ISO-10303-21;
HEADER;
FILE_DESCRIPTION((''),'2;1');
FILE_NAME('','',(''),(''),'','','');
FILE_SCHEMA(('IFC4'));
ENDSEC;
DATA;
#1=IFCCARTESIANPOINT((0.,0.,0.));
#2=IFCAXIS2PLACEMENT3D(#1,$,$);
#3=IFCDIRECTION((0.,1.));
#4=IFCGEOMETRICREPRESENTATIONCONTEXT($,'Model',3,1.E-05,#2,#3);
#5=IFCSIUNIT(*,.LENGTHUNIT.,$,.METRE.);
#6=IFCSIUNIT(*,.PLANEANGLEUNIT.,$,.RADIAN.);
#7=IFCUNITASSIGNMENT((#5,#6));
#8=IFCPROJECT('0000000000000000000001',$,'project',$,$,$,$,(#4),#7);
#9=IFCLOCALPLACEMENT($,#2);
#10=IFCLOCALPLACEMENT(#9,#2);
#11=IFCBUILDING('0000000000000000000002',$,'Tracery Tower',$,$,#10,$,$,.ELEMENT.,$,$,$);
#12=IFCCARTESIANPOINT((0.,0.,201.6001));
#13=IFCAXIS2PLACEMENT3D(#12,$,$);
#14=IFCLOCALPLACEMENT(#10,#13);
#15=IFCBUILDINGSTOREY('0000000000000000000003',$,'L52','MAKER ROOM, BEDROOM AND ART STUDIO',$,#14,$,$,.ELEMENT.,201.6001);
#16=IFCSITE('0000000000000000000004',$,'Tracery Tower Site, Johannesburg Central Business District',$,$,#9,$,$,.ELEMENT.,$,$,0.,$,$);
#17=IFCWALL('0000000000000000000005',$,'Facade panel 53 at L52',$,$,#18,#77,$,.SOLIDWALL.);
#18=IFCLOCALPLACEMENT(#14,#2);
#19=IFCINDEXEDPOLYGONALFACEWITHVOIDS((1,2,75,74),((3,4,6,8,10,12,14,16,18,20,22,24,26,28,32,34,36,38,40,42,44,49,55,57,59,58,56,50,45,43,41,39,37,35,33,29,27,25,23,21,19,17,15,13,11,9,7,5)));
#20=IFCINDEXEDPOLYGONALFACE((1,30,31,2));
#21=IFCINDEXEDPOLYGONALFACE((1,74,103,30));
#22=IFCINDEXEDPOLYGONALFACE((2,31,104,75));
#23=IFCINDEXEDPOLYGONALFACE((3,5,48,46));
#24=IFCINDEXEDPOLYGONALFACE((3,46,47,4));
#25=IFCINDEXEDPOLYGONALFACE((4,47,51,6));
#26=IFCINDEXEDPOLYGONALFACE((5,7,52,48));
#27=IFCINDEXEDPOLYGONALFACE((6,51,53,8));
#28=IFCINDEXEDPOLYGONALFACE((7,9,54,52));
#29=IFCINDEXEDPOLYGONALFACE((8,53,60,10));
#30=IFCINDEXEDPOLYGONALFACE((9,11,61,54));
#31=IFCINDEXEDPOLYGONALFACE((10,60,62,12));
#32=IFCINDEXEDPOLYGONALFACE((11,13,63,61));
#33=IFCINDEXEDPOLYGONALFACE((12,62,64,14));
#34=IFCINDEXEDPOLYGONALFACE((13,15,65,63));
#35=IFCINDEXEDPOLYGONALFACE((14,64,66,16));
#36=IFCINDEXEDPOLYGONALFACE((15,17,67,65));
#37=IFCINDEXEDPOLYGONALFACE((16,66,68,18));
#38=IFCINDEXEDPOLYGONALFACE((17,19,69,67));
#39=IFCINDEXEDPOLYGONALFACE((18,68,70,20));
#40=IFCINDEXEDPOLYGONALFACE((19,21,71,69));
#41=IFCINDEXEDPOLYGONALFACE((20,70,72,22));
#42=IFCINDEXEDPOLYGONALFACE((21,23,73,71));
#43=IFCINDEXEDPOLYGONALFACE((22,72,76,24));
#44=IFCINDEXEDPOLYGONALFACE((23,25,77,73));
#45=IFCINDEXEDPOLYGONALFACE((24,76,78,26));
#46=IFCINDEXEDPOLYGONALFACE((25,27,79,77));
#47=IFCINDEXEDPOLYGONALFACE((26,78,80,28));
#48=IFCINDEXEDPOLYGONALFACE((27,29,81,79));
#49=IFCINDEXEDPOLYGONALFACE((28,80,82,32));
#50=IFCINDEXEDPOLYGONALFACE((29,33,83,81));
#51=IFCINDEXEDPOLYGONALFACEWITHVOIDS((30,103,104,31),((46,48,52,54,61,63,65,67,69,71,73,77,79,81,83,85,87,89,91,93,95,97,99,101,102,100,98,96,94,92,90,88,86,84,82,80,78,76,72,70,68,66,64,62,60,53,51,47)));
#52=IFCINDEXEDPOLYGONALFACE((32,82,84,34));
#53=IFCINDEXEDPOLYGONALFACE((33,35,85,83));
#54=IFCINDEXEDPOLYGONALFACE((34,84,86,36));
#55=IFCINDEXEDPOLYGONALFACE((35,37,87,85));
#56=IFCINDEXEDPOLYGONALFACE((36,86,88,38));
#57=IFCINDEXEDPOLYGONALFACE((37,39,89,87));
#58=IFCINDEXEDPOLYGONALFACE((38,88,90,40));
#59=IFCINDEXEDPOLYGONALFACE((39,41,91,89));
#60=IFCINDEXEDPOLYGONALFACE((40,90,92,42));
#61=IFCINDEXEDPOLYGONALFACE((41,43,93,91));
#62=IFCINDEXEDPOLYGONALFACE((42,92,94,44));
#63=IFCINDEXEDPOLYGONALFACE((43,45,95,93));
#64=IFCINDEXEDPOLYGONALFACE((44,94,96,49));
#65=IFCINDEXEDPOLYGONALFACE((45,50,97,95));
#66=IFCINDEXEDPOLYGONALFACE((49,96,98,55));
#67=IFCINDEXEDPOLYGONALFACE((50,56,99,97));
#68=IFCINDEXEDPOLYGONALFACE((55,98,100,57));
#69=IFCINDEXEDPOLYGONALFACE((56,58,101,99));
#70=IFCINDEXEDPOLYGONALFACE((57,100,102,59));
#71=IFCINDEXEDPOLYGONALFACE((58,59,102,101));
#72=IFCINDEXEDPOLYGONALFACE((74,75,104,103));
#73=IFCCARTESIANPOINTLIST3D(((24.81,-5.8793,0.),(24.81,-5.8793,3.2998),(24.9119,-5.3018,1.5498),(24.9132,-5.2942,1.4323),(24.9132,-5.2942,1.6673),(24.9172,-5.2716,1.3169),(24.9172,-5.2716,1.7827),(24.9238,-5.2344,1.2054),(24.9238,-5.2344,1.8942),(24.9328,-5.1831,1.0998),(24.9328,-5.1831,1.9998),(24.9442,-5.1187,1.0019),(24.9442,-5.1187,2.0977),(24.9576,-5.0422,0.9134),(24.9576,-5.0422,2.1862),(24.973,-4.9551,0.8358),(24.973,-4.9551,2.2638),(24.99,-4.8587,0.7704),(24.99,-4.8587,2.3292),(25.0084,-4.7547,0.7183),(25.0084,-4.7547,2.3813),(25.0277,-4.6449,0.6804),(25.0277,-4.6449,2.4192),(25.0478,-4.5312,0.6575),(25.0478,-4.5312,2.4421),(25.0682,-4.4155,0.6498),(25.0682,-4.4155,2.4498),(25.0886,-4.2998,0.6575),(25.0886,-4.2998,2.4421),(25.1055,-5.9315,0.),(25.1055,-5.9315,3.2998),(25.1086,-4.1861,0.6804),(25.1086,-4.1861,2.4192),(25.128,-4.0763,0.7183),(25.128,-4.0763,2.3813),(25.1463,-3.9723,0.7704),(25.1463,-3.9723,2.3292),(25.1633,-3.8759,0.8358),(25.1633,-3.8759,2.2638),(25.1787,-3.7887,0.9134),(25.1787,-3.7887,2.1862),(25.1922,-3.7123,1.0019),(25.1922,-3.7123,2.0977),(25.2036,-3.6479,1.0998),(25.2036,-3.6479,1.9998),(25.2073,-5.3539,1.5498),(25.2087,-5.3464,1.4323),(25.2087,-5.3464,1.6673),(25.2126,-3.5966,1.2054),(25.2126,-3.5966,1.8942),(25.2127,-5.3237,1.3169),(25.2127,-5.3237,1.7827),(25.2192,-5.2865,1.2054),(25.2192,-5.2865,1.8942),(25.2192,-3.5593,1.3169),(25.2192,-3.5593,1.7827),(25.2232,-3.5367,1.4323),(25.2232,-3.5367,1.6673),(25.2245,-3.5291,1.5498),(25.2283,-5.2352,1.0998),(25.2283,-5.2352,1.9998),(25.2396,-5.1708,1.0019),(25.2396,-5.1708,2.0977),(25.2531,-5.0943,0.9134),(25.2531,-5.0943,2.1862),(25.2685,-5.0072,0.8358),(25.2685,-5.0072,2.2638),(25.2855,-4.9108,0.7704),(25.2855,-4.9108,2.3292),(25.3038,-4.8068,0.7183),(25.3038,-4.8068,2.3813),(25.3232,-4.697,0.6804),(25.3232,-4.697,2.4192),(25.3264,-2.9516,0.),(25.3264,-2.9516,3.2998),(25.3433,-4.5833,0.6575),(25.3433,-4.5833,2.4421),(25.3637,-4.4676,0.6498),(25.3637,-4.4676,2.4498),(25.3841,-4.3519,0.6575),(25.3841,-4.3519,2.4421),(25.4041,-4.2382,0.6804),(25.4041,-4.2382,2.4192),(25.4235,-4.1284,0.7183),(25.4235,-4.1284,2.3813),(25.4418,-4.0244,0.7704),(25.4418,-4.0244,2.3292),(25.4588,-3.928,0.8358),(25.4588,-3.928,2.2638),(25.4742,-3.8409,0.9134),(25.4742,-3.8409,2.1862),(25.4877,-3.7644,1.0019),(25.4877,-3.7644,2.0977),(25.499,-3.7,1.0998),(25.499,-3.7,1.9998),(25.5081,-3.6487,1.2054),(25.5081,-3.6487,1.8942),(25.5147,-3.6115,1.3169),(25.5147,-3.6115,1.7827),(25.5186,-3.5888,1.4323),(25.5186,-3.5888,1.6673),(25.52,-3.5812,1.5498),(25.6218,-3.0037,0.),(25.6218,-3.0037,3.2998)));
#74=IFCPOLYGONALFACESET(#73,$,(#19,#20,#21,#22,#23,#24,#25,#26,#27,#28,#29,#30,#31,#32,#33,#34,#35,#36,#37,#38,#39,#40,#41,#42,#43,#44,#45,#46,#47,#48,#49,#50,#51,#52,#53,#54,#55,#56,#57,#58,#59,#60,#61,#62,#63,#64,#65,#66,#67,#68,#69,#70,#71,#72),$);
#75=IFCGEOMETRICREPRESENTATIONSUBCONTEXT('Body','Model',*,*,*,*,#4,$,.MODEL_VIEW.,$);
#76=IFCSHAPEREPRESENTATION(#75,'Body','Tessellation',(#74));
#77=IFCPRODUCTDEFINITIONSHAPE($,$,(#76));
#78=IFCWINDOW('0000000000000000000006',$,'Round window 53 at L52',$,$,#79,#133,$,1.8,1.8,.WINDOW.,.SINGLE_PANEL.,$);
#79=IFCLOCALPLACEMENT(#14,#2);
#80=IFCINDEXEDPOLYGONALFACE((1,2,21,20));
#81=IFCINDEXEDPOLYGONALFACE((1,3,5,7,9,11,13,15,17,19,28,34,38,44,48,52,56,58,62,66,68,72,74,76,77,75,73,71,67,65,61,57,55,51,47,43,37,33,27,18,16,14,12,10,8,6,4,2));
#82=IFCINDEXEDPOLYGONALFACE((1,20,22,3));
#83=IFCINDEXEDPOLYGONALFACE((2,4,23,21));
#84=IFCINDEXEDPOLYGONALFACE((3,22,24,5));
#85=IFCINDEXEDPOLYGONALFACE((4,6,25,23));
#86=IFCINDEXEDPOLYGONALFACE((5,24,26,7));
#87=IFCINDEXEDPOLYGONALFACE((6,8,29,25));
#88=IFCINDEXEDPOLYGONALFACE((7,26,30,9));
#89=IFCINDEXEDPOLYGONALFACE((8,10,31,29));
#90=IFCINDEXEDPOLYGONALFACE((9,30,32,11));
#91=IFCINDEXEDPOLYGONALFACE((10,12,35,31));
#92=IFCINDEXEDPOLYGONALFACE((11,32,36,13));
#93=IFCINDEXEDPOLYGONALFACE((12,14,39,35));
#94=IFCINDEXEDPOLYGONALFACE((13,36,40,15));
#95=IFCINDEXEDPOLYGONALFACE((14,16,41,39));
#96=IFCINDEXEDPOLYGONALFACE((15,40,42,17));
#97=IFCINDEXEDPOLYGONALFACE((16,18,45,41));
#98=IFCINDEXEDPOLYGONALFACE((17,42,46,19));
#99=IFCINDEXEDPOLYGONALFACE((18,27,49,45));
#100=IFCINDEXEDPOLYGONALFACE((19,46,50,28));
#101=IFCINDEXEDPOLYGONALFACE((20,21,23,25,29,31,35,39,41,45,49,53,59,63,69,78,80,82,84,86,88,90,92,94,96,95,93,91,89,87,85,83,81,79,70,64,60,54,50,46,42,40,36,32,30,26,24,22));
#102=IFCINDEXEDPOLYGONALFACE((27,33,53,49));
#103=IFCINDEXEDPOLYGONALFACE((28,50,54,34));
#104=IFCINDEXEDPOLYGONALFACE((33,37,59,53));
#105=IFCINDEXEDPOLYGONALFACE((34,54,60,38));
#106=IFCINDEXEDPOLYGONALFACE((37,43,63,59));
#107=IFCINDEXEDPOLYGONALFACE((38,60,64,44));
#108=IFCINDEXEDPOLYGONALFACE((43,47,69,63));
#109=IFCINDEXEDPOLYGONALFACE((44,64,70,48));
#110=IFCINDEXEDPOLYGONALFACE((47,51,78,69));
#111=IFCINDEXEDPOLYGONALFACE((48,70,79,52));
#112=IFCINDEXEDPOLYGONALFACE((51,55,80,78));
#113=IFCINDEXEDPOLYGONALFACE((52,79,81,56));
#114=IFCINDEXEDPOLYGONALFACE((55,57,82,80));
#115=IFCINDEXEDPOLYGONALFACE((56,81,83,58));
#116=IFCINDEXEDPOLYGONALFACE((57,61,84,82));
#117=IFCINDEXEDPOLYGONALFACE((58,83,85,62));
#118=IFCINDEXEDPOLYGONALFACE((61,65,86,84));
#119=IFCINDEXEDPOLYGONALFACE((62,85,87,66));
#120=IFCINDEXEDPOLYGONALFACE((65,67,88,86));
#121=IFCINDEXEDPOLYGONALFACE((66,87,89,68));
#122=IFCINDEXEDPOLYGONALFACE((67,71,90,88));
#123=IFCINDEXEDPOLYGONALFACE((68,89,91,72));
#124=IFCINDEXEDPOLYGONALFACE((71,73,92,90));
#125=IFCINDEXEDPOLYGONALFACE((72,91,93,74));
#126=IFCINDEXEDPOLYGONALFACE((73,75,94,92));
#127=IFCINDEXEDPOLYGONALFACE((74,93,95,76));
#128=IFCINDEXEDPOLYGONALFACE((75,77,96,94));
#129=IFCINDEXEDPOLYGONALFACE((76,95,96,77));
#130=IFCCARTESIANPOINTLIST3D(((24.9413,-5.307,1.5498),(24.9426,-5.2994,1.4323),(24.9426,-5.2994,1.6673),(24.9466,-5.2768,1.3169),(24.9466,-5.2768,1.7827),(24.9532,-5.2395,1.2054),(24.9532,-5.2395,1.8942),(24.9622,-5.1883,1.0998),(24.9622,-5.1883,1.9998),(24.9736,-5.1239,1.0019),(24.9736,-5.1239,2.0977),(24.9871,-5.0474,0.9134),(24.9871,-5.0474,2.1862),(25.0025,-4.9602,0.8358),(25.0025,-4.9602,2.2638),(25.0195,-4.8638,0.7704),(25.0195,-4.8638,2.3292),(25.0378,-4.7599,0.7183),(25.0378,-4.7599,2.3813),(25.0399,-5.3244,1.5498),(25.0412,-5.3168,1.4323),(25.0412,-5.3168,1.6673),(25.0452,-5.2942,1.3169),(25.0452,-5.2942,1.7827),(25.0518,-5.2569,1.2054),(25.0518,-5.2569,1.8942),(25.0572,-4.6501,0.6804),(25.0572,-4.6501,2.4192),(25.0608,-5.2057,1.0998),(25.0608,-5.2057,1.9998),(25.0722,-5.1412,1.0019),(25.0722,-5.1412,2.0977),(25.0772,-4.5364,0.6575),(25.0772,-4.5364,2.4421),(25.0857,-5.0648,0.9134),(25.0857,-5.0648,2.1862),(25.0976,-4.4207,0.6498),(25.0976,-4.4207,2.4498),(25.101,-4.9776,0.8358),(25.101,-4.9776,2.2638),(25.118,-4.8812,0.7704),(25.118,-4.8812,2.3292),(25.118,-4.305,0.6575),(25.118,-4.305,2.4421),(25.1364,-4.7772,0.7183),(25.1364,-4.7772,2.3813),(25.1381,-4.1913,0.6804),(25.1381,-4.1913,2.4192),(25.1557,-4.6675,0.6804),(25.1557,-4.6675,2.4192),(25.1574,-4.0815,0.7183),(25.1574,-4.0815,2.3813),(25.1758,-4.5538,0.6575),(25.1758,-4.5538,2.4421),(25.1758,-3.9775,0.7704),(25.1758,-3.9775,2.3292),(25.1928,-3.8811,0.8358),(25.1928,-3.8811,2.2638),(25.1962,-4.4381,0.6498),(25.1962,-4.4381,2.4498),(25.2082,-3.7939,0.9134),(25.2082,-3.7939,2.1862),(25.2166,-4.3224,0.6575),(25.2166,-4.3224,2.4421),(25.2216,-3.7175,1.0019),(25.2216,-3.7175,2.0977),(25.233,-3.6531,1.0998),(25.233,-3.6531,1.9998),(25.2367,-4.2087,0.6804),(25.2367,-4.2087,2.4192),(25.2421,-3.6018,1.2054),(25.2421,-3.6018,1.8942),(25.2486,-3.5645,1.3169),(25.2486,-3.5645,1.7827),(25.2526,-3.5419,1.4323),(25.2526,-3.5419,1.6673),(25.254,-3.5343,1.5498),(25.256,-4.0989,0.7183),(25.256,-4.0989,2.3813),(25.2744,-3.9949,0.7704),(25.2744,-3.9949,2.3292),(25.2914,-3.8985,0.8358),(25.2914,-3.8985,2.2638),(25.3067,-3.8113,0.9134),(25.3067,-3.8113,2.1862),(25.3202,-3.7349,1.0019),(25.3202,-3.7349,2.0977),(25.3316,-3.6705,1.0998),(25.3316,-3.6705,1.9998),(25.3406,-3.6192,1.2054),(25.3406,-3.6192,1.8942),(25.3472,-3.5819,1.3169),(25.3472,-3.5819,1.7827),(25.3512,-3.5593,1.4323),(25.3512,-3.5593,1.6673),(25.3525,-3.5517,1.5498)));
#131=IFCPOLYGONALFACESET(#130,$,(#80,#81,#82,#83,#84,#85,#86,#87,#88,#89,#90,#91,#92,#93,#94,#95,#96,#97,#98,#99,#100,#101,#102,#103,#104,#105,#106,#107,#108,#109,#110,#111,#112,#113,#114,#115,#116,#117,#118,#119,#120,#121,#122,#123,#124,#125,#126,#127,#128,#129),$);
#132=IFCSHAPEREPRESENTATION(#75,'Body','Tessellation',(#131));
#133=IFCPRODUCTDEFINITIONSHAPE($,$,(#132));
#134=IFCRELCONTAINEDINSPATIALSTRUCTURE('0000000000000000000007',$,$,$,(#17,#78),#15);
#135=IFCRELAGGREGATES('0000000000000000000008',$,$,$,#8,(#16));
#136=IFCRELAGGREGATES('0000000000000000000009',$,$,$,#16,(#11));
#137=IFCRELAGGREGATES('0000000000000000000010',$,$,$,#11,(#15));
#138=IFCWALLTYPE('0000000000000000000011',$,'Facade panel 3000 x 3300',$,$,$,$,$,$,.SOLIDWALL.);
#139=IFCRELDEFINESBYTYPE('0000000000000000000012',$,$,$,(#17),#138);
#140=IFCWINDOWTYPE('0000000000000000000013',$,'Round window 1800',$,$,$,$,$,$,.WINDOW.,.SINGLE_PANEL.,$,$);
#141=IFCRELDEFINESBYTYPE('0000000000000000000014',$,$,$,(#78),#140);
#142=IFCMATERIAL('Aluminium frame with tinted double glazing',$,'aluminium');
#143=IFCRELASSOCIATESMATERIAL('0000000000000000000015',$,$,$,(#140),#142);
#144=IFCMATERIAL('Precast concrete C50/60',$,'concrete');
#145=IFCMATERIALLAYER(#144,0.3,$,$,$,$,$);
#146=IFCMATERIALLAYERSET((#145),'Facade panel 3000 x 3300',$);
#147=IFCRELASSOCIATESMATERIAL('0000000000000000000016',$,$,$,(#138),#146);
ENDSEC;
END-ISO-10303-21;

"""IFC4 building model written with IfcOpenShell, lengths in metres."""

from ifc_helpers import new_model, si_unit, direction, frame, frame_2d, origin, origin_2d, place, context, subcontext, project, spatial, rectangle, circle, extrude, material, layer, layer_set, type_object, element, fill, save


model = new_model("IFC4")

# Units and contexts
model_context = context("Model", 3, precision=1e-05, world=origin(), true_north=direction((0.0, 1.0)))
body_context = subcontext(model_context, "Body", "Model", "MODEL_VIEW")
ifc_project = project(units=[si_unit("LENGTHUNIT", "METRE"), si_unit("PLANEANGLEUNIT", "RADIAN")], contexts=[model_context])

# Site, building, storey
site_placement = place(None, origin())
site = spatial("IfcSite", under=ifc_project, at=site_placement, Name="Tracery Tower Site, Johannesburg Central Business District", CompositionType="ELEMENT", RefElevation=0.0)
building_placement = place(site_placement, origin())
building = spatial("IfcBuilding", under=site, at=building_placement, Name="Tracery Tower", CompositionType="ELEMENT")
storey_placement = place(building_placement, frame((0.0, 0.0, 201.6001)))
storey = spatial("IfcBuildingStorey", under=building, at=storey_placement, Name="L52", Description="MAKER ROOM, BEDROOM AND ART STUDIO", CompositionType="ELEMENT", Elevation=201.6001)

# Wall, opening, window
ifc_material_1 = material(Name="Aluminium frame with tinted double glazing", Category="aluminium")
window_type = type_object("IfcWindowType", Name="Round window 1800", PartitioningType="SINGLE_PANEL", PredefinedType="WINDOW", material=ifc_material_1)
ifc_material_2 = material(Name="Precast concrete C50/60", Category="concrete")
ifc_layer_1 = layer(ifc_material_2, 0.3)
ifc_layer_set_1 = layer_set([ifc_layer_1], Name="Facade panel 3000 x 3300")
wall_type_1 = type_object("IfcWallType", Name="Facade panel 3000 x 3300", PredefinedType="SOLIDWALL", material=ifc_layer_set_1)
wall_1_placement = place(storey_placement, frame((24.9578, -5.9053, 0.0), z_axis=(0.0, 0.0, 1.0), x_axis=(0.173687, 0.984801, 0.0)))
wall_1 = element("IfcWall", 1, at=wall_1_placement, inside=storey, type_object=wall_type_1, Name="Facade panel 53 at L52", PredefinedType="SOLIDWALL", context=body_context, shape_type="SweptSolid", body=[
    extrude(rectangle(XDim=2.9729, YDim=0.3, at=frame_2d((1.4863, 0.0))), origin(), (0.0, 0.0, 1.0), 3.2998),
])
opening_1_placement = place(wall_1_placement, frame((1.4863, 0.0, 1.5498)))
opening_1 = element("IfcOpeningElement", 2, at=opening_1_placement, cuts=wall_1, PredefinedType="OPENING", context=body_context, shape_type="SweptSolid", body=[
    extrude(circle(Radius=0.9, at=origin_2d()), frame((0.0, 0.1599, 0.0), z_axis=(0.0, -1.0, 0.0), x_axis=(1.0, 0.0, 0.0)), (0.0, 0.0, 1.0), 0.3201),
])
window_1_placement = place(opening_1_placement, origin())
window_1 = element("IfcWindow", 3, at=window_1_placement, inside=storey, type_object=window_type, Name="Round window 53 at L52", OverallHeight=1.8, OverallWidth=1.8, PartitioningType="SINGLE_PANEL", PredefinedType="WINDOW", context=body_context, shape_type="SweptSolid", body=[
    extrude(circle(Radius=0.9, at=origin_2d()), frame((0.0, 0.1201, 0.0), z_axis=(0.0, -1.0, 0.0), x_axis=(1.0, 0.0, 0.0)), (0.0, 0.0, 1.0), 0.1001),
])
fill(opening_1, window_1)

save(model, "model.ifc")
